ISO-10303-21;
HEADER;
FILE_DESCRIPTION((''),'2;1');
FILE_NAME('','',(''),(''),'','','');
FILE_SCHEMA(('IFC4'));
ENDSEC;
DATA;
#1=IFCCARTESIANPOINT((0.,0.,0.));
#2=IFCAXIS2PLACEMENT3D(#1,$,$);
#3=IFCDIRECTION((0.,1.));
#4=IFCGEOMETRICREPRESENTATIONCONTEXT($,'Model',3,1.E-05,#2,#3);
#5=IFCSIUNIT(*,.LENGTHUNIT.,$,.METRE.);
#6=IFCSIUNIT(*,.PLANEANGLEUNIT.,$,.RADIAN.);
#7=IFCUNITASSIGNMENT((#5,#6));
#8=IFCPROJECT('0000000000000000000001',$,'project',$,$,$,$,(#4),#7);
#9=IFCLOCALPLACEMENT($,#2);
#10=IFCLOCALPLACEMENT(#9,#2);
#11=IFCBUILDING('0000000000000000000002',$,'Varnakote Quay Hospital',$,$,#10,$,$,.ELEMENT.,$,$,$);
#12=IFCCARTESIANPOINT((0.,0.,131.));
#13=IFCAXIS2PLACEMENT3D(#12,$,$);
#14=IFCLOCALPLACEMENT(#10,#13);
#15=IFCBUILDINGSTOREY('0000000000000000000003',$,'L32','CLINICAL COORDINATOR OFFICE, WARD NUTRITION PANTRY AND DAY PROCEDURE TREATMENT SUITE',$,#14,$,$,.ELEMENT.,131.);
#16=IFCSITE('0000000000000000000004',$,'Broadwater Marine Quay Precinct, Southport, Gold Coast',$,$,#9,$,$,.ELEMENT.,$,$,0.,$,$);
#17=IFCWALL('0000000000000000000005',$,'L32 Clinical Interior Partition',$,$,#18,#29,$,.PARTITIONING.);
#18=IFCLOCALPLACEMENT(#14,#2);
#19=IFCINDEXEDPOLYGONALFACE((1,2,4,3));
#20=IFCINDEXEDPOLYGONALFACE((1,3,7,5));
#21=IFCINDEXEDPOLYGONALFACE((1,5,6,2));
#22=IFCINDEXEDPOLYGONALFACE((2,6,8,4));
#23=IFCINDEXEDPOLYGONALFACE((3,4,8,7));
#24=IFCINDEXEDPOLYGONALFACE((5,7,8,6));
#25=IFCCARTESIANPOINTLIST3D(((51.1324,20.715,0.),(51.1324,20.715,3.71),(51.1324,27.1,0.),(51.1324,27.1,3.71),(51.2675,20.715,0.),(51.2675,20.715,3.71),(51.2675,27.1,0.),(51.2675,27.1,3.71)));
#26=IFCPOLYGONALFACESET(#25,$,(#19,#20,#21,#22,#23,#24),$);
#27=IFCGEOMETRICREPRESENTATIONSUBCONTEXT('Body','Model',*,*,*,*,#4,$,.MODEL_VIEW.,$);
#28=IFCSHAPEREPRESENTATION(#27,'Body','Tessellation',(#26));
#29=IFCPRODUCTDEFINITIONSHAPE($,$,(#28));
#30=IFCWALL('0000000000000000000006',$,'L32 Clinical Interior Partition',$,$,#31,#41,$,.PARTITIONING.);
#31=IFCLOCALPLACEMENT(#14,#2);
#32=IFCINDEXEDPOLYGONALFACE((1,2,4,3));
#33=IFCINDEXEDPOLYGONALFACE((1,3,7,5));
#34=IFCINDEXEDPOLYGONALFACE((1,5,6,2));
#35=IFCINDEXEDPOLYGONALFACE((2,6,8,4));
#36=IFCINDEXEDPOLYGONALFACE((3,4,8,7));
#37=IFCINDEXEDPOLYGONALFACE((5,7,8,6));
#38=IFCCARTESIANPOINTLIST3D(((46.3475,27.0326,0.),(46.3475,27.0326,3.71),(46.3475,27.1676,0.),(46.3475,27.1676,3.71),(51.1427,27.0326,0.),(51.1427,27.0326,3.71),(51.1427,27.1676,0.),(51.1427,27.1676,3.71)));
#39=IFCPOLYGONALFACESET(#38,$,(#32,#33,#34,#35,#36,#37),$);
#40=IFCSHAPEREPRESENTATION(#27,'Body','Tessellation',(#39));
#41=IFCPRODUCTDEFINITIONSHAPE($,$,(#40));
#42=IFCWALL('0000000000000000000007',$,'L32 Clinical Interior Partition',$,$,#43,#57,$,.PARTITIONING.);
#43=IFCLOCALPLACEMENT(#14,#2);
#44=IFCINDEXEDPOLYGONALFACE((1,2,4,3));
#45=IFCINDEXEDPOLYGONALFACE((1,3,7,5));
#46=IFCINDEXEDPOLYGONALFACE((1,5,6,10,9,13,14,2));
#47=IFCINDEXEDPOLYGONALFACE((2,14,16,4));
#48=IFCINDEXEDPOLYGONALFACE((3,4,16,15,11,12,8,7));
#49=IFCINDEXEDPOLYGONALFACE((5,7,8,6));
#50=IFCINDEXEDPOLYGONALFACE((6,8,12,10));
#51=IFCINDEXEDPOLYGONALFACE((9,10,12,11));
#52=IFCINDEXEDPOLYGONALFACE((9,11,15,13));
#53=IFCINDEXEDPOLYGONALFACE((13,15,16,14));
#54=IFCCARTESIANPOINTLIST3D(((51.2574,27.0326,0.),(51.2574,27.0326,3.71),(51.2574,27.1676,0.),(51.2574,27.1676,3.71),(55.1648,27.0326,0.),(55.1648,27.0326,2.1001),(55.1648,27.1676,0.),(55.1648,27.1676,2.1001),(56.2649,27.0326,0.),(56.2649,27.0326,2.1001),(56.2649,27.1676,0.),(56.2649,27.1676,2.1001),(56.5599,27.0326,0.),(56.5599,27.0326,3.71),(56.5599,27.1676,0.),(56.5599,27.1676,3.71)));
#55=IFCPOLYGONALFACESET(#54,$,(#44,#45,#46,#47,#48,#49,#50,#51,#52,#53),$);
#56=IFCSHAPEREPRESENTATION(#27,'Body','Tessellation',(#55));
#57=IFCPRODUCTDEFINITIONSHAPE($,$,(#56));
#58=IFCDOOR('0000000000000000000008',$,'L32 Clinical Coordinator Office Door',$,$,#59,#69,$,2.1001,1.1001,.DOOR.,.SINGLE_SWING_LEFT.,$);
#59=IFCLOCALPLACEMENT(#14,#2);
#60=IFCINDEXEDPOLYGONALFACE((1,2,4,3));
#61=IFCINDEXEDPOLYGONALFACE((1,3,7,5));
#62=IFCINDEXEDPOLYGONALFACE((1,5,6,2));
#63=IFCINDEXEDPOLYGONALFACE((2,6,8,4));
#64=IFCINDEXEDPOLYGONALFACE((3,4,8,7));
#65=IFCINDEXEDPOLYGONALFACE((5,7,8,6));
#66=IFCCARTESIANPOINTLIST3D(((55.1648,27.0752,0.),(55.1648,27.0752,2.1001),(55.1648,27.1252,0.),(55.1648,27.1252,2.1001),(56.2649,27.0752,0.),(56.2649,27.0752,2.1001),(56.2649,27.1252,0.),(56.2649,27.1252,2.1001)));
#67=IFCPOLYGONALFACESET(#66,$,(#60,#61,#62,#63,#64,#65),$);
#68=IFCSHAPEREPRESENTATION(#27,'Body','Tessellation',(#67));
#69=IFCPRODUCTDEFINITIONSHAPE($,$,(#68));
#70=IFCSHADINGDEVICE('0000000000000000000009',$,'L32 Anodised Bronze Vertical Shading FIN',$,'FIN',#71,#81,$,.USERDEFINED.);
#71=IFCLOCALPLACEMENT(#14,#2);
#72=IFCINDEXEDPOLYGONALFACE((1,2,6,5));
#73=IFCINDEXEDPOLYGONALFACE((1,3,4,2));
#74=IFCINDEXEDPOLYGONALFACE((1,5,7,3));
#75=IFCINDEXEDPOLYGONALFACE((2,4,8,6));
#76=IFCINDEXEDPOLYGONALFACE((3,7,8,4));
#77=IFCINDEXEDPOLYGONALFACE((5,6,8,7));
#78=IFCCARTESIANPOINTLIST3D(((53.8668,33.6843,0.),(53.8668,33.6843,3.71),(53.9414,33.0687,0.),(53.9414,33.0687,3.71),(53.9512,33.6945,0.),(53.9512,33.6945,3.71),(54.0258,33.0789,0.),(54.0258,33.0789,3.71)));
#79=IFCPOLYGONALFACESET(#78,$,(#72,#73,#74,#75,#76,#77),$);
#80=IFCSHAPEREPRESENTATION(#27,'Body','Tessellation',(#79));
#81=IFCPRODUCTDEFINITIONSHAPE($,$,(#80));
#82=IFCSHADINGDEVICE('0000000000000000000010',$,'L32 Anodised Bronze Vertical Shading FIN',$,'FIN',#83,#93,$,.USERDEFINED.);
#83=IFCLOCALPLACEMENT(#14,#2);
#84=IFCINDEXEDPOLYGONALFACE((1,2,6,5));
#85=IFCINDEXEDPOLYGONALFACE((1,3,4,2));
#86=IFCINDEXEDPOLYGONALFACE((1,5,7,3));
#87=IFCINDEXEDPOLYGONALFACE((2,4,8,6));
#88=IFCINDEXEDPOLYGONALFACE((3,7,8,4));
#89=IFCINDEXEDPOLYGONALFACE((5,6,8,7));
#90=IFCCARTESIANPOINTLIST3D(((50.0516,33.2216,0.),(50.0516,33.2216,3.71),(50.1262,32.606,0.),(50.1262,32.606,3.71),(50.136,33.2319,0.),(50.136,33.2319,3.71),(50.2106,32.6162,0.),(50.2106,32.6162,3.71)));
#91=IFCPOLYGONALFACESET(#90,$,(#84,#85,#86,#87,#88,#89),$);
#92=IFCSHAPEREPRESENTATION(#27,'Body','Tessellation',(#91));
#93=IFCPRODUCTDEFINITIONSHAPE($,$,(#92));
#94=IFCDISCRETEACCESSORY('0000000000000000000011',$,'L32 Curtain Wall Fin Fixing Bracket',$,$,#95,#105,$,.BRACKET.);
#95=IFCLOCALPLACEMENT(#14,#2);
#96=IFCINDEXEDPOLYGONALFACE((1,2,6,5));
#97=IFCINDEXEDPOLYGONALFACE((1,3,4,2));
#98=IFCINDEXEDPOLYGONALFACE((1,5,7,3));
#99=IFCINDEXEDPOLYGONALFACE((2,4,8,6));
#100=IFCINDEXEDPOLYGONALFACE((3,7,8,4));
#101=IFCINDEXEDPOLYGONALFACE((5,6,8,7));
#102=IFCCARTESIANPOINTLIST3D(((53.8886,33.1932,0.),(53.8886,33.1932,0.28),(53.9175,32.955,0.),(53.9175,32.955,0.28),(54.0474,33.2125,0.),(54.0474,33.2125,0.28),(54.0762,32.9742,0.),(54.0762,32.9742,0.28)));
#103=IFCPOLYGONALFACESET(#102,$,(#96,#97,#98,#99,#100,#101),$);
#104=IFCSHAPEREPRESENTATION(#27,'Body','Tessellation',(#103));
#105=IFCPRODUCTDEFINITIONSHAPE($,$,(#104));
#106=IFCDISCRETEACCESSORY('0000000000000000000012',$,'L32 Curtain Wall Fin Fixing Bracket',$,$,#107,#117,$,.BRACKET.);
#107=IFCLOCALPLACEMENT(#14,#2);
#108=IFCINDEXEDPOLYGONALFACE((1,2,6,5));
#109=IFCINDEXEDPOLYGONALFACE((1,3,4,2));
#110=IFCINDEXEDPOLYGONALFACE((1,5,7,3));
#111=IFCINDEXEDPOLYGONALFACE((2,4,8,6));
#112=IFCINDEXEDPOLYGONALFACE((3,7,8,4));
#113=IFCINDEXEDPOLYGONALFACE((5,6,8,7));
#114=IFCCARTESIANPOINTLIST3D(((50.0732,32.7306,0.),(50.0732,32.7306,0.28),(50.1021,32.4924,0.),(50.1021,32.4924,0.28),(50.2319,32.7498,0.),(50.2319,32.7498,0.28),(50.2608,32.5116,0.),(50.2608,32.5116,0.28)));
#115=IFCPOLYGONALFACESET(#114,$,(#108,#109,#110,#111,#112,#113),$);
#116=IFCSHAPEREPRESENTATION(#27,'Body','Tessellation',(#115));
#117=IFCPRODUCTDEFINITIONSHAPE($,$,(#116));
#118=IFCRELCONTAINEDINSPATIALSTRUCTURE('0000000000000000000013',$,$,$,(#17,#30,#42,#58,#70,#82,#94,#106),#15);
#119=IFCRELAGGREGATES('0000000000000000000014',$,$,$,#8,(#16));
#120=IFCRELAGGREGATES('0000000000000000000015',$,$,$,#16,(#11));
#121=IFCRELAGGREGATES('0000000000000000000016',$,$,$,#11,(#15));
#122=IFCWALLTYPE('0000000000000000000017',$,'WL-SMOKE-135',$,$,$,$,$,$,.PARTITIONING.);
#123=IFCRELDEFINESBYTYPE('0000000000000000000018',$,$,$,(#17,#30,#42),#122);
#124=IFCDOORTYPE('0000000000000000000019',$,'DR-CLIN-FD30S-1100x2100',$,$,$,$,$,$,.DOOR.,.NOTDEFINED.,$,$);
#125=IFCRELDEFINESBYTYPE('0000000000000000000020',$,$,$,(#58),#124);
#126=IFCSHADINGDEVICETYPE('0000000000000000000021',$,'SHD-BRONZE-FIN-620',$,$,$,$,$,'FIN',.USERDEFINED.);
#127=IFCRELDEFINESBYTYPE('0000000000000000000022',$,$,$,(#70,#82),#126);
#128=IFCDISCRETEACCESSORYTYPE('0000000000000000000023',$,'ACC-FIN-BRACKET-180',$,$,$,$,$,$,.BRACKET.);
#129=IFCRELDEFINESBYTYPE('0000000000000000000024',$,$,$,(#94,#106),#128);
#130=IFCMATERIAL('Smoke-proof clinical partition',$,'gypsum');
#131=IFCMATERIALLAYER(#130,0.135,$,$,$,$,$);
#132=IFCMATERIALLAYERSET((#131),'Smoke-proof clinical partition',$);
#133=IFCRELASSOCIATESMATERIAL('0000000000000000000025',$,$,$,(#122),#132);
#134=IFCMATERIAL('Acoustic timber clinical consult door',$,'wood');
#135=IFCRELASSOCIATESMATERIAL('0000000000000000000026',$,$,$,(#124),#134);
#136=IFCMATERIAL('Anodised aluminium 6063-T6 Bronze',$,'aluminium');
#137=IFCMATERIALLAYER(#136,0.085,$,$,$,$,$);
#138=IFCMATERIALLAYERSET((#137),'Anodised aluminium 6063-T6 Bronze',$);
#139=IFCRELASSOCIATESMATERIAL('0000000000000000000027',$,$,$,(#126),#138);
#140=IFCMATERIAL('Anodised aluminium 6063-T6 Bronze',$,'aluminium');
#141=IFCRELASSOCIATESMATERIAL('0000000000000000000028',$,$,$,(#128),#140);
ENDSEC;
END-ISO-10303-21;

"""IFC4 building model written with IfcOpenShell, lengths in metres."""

from ifc_helpers import new_model, si_unit, direction, frame, frame_2d, origin, origin_2d, place, context, subcontext, project, spatial, rectangle, extrude, material, layer, layer_set, type_object, element, fill, save


model = new_model("IFC4")

# Units and contexts
model_context = context("Model", 3, precision=1e-05, world=origin(), true_north=direction((0.0, 1.0)))
body_context = subcontext(model_context, "Body", "Model", "MODEL_VIEW")
ifc_project = project(units=[si_unit("LENGTHUNIT", "METRE"), si_unit("PLANEANGLEUNIT", "RADIAN")], contexts=[model_context])

# Site, building, storey
site_placement = place(None, origin())
site = spatial("IfcSite", under=ifc_project, at=site_placement, Name="Broadwater Marine Quay Precinct, Southport, Gold Coast", CompositionType="ELEMENT", RefElevation=0.0)
building_placement = place(site_placement, origin())
building = spatial("IfcBuilding", under=site, at=building_placement, Name="Varnakote Quay Hospital", CompositionType="ELEMENT")
storey_placement = place(building_placement, frame((0.0, 0.0, 131.0)))
storey = spatial("IfcBuildingStorey", under=building, at=storey_placement, Name="L32", Description="CLINICAL COORDINATOR OFFICE, WARD NUTRITION PANTRY AND DAY PROCEDURE TREATMENT SUITE", CompositionType="ELEMENT", Elevation=131.0)

# Walls
ifc_material_1 = material(Name="Smoke-proof clinical partition", Category="gypsum")
ifc_layer_1 = layer(ifc_material_1, 0.135)
ifc_layer_set_1 = layer_set([ifc_layer_1], Name="Smoke-proof clinical partition")
wall_type_1 = type_object("IfcWallType", Name="WL-SMOKE-135", PredefinedType="PARTITIONING", material=ifc_layer_set_1)
wall_1_placement = place(storey_placement, frame((51.2, 20.7151, 0.0), z_axis=(0.0, 0.0, 1.0), x_axis=(0.0, 1.0, 0.0)))
element("IfcWall", 1, at=wall_1_placement, inside=storey, type_object=wall_type_1, Name="L32 Clinical Interior Partition", PredefinedType="PARTITIONING", context=body_context, shape_type="SweptSolid", body=[
    extrude(rectangle(XDim=6.385, YDim=0.135, at=frame_2d((3.1924, 0.0))), origin(), (0.0, 0.0, 1.0), 3.71),
])
wall_2_placement = place(storey_placement, frame((51.1426, 27.1001, 0.0), z_axis=(0.0, 0.0, 1.0), x_axis=(-1.0, 0.0, 0.0)))
element("IfcWall", 2, at=wall_2_placement, inside=storey, type_object=wall_type_1, Name="L32 Clinical Interior Partition", PredefinedType="PARTITIONING", context=body_context, shape_type="SweptSolid", body=[
    extrude(rectangle(XDim=4.7952, YDim=0.135, at=frame_2d((2.3975, 0.0))), origin(), (0.0, 0.0, 1.0), 3.71),
])

# Wall, opening, door
wall_3_placement = place(storey_placement, frame((56.5601, 27.1001, 0.0), z_axis=(0.0, 0.0, 1.0), x_axis=(-1.0, 0.0, 0.0)))
wall_3 = element("IfcWall", 3, at=wall_3_placement, inside=storey, type_object=wall_type_1, Name="L32 Clinical Interior Partition", PredefinedType="PARTITIONING", context=body_context, shape_type="SweptSolid", body=[
    extrude(rectangle(XDim=5.3025, YDim=0.135, at=frame_2d((2.6514, 0.0))), origin(), (0.0, 0.0, 1.0), 3.71),
])
opening_placement = place(wall_3_placement, frame((0.2952, 0.0, 0.0)))
opening = element("IfcOpeningElement", 4, at=opening_placement, cuts=wall_3, PredefinedType="OPENING", context=body_context, shape_type="SweptSolid", body=[
    extrude(rectangle(XDim=1.1001, YDim=2.1001, at=frame_2d((0.55, 1.05))), frame((0.0, 0.0774, 0.0), z_axis=(0.0, -1.0, 0.0), x_axis=(1.0, 0.0, 0.0)), (0.0, 0.0, 1.0), 0.155),
])
ifc_material_2 = material(Name="Acoustic timber clinical consult door", Category="wood")
door_type = type_object("IfcDoorType", Name="DR-CLIN-FD30S-1100x2100", OperationType="NOTDEFINED", PredefinedType="DOOR", material=ifc_material_2)
door_placement = place(opening_placement, origin())
door = element("IfcDoor", 5, at=door_placement, inside=storey, type_object=door_type, Name="L32 Clinical Coordinator Office Door", OperationType="SINGLE_SWING_LEFT", OverallHeight=2.1001, OverallWidth=1.1001, PredefinedType="DOOR", context=body_context, shape_type="SweptSolid", body=[
    extrude(rectangle(XDim=1.1001, YDim=2.1001, at=frame_2d((0.55, 1.05))), frame((0.0, 0.0249, 0.0), z_axis=(0.0, -1.0, 0.0), x_axis=(1.0, 0.0, 0.0)), (0.0, 0.0, 1.0), 0.05),
])
fill(opening, door)

# Shading devices
ifc_material_3 = material(Name="Anodised aluminium 6063-T6 Bronze", Category="aluminium")
ifc_layer_2 = layer(ifc_material_3, 0.085)
ifc_layer_set_2 = layer_set([ifc_layer_2], Name="Anodised aluminium 6063-T6 Bronze")
shading_device_type = type_object("IfcShadingDeviceType", Name="SHD-BRONZE-FIN-620", ElementType="FIN", PredefinedType="USERDEFINED", material=ifc_layer_set_2)
for number, where, z_axis, x_axis, name in (
    (6, (53.9463, 33.3816, 0.0), (0.0, 0.0, 1.0), (0.12031, -0.992736, 0.0), "L32 Anodised Bronze Vertical Shading FIN"),
    (7, (50.1311, 32.9189, 0.0), (0.0, 0.0, 1.0), (0.12031, -0.992736, 0.0), "L32 Anodised Bronze Vertical Shading FIN"),
):
    element("IfcShadingDevice", number, at=place(storey_placement, frame(where, z_axis=z_axis, x_axis=x_axis)), inside=storey, type_object=shading_device_type, Name=name, ObjectType="FIN", PredefinedType="USERDEFINED", context=body_context, shape_type="SweptSolid", body=[
        extrude(rectangle(XDim=0.6201, YDim=0.085, at=origin_2d()), origin(), (0.0, 0.0, 1.0), 3.71),
    ])

# Discrete accessories
ifc_material_4 = material(Name="Anodised aluminium 6063-T6 Bronze", Category="aluminium")
discrete_accessory_type = type_object("IfcDiscreteAccessoryType", Name="ACC-FIN-BRACKET-180", PredefinedType="BRACKET", material=ifc_material_4)
for number, where, z_axis, x_axis, name in (
    (8, (53.9824, 33.0837, 0.0), (0.0, 0.0, 1.0), (-0.992736, -0.12031, 0.0), "L32 Curtain Wall Fin Fixing Bracket"),
    (9, (50.167, 32.6211, 0.0), (0.0, 0.0, 1.0), (-0.992736, -0.12031, 0.0), "L32 Curtain Wall Fin Fixing Bracket"),
):
    element("IfcDiscreteAccessory", number, at=place(storey_placement, frame(where, z_axis=z_axis, x_axis=x_axis)), inside=storey, type_object=discrete_accessory_type, Name=name, PredefinedType="BRACKET", context=body_context, shape_type="SweptSolid", body=[
        extrude(rectangle(XDim=0.1599, YDim=0.24, at=origin_2d()), origin(), (0.0, 0.0, 1.0), 0.28),
    ])

save(model, "model.ifc")
